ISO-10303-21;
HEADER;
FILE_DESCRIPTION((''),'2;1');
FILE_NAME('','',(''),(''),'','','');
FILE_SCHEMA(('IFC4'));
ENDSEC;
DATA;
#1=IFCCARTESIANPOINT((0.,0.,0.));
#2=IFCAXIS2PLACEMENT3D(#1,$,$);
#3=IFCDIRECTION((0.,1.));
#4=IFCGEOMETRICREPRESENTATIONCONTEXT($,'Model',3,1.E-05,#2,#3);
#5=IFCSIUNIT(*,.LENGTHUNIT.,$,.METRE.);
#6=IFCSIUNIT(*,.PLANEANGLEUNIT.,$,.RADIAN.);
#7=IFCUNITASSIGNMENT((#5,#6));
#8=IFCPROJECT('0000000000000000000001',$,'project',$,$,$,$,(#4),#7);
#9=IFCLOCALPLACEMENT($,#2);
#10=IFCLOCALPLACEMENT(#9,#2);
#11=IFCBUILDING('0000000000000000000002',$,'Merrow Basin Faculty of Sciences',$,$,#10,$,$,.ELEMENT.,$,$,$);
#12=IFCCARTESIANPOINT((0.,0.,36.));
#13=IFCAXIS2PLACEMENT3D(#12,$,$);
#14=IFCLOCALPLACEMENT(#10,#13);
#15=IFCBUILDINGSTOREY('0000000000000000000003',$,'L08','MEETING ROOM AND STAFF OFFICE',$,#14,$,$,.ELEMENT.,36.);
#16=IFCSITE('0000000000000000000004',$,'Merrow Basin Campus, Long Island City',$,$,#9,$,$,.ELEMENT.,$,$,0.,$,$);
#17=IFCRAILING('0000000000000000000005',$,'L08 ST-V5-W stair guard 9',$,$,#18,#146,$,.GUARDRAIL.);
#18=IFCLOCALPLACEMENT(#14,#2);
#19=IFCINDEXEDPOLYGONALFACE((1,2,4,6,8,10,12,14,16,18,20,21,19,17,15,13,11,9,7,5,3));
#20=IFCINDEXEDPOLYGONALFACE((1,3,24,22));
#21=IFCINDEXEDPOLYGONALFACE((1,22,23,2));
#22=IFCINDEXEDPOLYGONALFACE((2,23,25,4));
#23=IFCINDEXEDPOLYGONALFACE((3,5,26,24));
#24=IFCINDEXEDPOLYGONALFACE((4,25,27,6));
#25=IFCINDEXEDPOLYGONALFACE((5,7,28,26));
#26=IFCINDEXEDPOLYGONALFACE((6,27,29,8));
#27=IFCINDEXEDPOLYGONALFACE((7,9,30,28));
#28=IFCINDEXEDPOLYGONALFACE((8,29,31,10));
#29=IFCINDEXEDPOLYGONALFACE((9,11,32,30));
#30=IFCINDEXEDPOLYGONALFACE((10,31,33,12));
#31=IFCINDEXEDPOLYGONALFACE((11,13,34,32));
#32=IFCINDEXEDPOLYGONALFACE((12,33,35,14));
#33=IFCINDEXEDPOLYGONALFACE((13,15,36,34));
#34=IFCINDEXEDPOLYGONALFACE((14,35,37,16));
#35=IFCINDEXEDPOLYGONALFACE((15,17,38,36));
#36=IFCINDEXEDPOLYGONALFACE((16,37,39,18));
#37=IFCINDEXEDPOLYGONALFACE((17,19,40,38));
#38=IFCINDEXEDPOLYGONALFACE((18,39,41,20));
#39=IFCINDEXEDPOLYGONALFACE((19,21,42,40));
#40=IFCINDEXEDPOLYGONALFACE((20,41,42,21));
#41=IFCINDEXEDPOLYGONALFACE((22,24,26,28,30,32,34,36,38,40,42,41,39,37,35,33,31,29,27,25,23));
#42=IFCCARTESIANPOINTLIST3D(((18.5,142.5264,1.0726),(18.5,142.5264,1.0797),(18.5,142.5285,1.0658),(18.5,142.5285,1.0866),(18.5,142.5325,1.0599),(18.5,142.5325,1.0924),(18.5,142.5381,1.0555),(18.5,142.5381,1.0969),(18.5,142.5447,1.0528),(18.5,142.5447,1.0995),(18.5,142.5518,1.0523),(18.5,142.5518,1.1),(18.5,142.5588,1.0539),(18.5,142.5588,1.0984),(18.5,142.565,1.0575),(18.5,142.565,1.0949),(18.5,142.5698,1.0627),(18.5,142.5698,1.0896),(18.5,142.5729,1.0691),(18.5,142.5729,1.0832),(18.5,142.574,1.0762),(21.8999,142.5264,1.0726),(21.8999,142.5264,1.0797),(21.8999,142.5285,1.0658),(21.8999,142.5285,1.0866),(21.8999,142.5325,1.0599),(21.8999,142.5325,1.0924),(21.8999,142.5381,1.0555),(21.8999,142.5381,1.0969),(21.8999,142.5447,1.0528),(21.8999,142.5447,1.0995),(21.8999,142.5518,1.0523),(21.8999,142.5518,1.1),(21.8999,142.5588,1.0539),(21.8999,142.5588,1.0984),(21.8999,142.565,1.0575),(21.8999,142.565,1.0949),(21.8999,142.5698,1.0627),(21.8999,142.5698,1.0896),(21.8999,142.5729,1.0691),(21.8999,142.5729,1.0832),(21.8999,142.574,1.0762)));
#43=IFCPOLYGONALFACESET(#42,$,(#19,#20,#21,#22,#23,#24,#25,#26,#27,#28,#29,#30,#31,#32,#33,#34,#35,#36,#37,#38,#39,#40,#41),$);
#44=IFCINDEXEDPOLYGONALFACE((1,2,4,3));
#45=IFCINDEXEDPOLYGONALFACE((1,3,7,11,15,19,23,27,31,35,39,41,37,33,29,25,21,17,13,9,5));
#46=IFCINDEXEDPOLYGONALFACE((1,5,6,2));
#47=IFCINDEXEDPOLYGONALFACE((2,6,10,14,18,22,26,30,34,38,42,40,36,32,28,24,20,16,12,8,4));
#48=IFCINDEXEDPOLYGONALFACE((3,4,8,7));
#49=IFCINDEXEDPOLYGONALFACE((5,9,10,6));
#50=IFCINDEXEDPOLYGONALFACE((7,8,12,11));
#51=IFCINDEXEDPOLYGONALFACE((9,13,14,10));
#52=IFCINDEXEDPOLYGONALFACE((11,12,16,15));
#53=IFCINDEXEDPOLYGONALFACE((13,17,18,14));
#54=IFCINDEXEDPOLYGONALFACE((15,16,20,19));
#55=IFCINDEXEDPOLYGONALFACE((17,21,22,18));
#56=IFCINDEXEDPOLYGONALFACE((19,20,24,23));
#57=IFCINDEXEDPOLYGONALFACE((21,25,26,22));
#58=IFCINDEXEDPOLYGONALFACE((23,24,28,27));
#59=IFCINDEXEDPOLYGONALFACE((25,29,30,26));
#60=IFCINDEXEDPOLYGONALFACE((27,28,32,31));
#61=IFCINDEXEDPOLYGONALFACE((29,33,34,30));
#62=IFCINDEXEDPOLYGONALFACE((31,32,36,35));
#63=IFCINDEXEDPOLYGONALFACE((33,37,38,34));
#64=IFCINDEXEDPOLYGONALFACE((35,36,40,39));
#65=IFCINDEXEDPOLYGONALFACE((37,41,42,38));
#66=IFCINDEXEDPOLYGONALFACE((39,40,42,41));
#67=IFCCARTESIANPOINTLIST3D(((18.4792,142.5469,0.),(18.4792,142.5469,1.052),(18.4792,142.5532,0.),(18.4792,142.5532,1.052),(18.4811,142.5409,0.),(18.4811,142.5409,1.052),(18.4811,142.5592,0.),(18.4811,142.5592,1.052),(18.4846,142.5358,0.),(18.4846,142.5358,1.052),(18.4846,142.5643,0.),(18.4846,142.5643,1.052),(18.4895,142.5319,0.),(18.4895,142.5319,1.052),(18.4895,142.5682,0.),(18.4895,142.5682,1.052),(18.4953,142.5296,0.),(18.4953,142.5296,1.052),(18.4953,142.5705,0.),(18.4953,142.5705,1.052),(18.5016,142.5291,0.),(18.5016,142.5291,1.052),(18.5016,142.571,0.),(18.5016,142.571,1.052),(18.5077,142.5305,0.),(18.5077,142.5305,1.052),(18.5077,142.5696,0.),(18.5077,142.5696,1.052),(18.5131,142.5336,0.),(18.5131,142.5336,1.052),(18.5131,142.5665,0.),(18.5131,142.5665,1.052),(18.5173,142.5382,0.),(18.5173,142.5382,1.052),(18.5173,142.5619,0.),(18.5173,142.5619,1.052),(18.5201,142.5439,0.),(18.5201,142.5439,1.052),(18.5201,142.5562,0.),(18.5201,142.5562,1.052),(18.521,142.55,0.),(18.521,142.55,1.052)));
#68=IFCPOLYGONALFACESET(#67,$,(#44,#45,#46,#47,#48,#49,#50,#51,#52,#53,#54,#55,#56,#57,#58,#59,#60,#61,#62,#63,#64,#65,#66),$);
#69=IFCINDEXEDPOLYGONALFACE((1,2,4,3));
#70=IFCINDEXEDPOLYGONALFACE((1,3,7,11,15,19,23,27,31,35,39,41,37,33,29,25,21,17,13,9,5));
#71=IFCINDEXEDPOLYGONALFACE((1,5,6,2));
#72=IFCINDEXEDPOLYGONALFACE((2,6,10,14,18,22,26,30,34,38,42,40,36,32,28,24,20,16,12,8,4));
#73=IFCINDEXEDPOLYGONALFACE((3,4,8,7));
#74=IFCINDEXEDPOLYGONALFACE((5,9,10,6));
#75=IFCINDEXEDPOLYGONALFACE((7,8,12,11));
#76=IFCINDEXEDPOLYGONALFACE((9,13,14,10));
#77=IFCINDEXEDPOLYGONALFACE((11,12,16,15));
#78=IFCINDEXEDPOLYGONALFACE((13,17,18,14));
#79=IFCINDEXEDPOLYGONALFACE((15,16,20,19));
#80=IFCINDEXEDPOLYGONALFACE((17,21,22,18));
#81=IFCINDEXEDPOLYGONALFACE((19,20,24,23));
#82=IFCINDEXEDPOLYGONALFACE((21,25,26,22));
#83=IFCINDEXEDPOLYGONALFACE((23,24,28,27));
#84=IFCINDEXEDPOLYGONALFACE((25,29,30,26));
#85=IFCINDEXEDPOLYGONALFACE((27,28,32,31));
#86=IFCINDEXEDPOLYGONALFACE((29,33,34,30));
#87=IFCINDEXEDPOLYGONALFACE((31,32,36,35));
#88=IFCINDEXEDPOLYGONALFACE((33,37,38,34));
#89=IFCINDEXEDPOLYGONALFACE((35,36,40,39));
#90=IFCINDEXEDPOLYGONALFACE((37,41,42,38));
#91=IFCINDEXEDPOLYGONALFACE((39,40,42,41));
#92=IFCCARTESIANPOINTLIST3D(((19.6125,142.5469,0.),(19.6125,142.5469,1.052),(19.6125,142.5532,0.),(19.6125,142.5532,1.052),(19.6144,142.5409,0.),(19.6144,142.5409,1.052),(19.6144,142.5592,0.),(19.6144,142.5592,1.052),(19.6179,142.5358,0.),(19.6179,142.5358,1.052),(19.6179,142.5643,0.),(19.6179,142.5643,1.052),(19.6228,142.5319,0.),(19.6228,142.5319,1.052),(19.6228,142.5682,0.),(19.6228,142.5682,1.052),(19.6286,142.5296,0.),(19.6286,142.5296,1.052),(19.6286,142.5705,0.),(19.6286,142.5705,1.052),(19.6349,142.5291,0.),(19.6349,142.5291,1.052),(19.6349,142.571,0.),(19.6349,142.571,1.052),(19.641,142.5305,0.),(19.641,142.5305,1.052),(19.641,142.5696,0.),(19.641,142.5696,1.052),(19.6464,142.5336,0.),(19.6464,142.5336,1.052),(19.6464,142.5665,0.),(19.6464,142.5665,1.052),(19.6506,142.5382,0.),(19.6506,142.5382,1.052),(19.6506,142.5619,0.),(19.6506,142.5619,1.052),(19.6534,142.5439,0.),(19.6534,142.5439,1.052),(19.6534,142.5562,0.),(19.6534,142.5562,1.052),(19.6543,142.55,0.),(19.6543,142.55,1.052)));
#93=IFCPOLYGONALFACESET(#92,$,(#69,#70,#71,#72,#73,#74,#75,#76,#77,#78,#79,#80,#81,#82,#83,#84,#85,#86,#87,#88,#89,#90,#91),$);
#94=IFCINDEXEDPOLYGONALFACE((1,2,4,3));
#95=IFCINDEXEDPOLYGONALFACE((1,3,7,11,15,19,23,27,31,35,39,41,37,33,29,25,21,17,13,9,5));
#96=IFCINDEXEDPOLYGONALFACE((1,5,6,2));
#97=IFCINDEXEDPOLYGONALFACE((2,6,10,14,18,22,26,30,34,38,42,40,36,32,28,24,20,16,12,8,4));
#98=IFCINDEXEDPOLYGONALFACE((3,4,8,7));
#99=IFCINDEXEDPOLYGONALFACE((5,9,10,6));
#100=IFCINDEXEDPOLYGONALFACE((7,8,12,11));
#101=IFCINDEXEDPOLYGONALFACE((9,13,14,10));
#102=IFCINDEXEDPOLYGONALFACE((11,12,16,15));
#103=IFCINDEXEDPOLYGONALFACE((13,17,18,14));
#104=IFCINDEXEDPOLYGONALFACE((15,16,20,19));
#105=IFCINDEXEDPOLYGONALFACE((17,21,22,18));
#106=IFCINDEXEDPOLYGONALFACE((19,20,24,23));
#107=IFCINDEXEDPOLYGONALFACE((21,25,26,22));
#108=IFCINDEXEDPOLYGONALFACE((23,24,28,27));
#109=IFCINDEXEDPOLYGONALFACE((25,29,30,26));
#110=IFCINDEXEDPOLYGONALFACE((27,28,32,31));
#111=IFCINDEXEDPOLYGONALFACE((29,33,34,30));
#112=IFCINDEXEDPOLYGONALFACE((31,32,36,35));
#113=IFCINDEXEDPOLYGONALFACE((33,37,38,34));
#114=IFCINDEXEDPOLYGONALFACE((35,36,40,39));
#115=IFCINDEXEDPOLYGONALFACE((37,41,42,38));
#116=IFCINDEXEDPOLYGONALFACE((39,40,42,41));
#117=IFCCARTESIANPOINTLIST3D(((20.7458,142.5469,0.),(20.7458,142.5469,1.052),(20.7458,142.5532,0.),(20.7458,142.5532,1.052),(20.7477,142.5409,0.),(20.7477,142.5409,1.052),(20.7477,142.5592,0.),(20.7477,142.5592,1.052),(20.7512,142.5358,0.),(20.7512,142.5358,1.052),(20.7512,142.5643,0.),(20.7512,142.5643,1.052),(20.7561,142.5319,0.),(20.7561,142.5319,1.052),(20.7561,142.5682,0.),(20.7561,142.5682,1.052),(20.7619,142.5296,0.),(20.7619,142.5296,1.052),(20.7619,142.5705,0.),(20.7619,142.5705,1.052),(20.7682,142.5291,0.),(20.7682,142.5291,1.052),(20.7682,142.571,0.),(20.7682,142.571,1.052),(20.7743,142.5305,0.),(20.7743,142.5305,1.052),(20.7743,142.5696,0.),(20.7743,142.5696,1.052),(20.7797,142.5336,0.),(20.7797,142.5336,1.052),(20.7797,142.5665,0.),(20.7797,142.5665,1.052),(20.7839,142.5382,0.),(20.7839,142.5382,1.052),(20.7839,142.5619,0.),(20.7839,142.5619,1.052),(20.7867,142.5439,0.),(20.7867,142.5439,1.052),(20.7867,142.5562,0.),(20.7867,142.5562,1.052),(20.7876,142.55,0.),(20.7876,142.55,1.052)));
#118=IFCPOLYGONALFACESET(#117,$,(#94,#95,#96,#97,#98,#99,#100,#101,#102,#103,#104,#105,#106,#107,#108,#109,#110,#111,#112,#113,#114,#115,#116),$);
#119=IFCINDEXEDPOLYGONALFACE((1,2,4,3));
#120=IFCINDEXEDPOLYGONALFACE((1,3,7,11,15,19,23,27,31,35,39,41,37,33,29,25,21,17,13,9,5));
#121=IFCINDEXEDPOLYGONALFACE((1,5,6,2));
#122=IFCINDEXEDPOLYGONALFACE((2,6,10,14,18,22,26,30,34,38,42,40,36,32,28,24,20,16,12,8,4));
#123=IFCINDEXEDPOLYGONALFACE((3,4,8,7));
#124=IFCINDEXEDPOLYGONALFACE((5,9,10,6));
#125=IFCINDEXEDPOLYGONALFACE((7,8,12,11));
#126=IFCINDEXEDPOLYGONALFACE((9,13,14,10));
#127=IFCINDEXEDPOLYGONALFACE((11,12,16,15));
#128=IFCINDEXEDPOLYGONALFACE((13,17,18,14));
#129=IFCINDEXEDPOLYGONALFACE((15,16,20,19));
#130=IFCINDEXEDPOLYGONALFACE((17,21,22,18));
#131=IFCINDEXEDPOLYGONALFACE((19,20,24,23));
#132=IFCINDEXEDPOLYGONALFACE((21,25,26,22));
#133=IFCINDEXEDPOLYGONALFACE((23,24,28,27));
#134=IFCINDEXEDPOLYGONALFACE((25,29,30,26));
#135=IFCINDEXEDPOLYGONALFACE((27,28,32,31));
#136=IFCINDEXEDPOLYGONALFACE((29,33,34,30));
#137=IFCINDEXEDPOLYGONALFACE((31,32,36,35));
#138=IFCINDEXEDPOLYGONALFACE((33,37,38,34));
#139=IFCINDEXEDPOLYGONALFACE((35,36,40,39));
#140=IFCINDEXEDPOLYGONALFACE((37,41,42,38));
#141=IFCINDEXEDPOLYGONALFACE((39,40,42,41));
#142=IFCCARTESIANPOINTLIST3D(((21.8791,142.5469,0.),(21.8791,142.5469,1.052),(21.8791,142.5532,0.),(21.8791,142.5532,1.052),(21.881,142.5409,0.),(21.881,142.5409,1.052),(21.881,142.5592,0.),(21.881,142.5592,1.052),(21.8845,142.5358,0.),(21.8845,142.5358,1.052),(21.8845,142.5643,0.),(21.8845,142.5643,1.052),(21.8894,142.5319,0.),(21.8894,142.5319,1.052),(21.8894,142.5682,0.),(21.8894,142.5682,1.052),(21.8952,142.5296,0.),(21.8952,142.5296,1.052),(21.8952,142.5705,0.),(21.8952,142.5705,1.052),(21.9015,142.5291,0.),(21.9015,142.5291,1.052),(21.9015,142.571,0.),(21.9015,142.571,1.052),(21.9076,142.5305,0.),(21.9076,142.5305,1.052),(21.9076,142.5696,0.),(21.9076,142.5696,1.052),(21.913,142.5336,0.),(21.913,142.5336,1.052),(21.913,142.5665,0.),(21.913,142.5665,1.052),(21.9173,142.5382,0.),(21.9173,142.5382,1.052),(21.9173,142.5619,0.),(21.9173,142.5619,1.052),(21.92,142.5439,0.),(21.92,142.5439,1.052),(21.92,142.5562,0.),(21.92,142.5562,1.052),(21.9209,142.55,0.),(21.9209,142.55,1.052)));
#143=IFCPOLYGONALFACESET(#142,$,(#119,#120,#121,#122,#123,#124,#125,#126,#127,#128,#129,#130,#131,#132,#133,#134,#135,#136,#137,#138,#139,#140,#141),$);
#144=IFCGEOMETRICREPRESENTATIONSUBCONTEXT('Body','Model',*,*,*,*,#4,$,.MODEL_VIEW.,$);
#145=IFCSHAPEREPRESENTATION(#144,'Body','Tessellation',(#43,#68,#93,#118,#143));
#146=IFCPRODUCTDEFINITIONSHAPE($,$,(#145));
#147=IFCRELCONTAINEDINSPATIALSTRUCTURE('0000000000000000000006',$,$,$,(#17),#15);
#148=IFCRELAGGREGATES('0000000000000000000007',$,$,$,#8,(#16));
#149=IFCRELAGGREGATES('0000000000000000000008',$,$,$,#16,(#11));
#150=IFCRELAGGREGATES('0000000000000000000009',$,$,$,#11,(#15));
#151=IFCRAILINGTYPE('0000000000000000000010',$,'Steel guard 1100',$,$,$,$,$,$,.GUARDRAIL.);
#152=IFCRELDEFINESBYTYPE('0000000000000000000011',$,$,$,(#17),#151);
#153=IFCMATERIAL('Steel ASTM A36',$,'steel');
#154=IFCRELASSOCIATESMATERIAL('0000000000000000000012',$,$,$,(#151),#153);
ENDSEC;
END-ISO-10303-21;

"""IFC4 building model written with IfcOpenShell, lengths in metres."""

from ifc_helpers import new_model, si_unit, direction, frame, origin, origin_2d, place, context, subcontext, project, spatial, circle, extrude, material, type_object, element, save


model = new_model("IFC4")

# Units and contexts
model_context = context("Model", 3, precision=1e-05, world=origin(), true_north=direction((0.0, 1.0)))
body_context = subcontext(model_context, "Body", "Model", "MODEL_VIEW")
ifc_project = project(units=[si_unit("LENGTHUNIT", "METRE"), si_unit("PLANEANGLEUNIT", "RADIAN")], contexts=[model_context])

# Site, building, storey
site_placement = place(None, origin())
site = spatial("IfcSite", under=ifc_project, at=site_placement, Name="Merrow Basin Campus, Long Island City", CompositionType="ELEMENT", RefElevation=0.0)
building_placement = place(site_placement, origin())
building = spatial("IfcBuilding", under=site, at=building_placement, Name="Merrow Basin Faculty of Sciences", CompositionType="ELEMENT")
storey_placement = place(building_placement, frame((0.0, 0.0, 36.0)))
storey = spatial("IfcBuildingStorey", under=building, at=storey_placement, Name="L08", Description="MEETING ROOM AND STAFF OFFICE", CompositionType="ELEMENT", Elevation=36.0)

# Railing
ifc_material_1 = material(Name="Steel ASTM A36", Category="steel")
railing_type_1 = type_object("IfcRailingType", Name="Steel guard 1100", PredefinedType="GUARDRAIL", material=ifc_material_1)
railing_1_placement = place(storey_placement, frame((18.5, 142.55, 0.0)))
element("IfcRailing", 1, at=railing_1_placement, inside=storey, type_object=railing_type_1, Name="L08 ST-V5-W stair guard 9", PredefinedType="GUARDRAIL", context=body_context, shape_type="SweptSolid", body=[
    extrude(circle(Radius=0.0239, at=origin_2d()), frame((0.0, 0.0, 1.0762), z_axis=(1.0, 0.0, 0.0), x_axis=(0.0, 1.0, 0.0)), (0.0, 0.0, 1.0), 3.3999),
    extrude(circle(Radius=0.021, at=origin_2d()), origin(), (0.0, 0.0, 1.0), 1.052),
    extrude(circle(Radius=0.021, at=origin_2d()), frame((1.1333, 0.0, 0.0)), (0.0, 0.0, 1.0), 1.052),
    extrude(circle(Radius=0.021, at=origin_2d()), frame((2.2666, 0.0, 0.0)), (0.0, 0.0, 1.0), 1.052),
    extrude(circle(Radius=0.021, at=origin_2d()), frame((3.3999, 0.0, 0.0)), (0.0, 0.0, 1.0), 1.052),
])

save(model, "model.ifc")
